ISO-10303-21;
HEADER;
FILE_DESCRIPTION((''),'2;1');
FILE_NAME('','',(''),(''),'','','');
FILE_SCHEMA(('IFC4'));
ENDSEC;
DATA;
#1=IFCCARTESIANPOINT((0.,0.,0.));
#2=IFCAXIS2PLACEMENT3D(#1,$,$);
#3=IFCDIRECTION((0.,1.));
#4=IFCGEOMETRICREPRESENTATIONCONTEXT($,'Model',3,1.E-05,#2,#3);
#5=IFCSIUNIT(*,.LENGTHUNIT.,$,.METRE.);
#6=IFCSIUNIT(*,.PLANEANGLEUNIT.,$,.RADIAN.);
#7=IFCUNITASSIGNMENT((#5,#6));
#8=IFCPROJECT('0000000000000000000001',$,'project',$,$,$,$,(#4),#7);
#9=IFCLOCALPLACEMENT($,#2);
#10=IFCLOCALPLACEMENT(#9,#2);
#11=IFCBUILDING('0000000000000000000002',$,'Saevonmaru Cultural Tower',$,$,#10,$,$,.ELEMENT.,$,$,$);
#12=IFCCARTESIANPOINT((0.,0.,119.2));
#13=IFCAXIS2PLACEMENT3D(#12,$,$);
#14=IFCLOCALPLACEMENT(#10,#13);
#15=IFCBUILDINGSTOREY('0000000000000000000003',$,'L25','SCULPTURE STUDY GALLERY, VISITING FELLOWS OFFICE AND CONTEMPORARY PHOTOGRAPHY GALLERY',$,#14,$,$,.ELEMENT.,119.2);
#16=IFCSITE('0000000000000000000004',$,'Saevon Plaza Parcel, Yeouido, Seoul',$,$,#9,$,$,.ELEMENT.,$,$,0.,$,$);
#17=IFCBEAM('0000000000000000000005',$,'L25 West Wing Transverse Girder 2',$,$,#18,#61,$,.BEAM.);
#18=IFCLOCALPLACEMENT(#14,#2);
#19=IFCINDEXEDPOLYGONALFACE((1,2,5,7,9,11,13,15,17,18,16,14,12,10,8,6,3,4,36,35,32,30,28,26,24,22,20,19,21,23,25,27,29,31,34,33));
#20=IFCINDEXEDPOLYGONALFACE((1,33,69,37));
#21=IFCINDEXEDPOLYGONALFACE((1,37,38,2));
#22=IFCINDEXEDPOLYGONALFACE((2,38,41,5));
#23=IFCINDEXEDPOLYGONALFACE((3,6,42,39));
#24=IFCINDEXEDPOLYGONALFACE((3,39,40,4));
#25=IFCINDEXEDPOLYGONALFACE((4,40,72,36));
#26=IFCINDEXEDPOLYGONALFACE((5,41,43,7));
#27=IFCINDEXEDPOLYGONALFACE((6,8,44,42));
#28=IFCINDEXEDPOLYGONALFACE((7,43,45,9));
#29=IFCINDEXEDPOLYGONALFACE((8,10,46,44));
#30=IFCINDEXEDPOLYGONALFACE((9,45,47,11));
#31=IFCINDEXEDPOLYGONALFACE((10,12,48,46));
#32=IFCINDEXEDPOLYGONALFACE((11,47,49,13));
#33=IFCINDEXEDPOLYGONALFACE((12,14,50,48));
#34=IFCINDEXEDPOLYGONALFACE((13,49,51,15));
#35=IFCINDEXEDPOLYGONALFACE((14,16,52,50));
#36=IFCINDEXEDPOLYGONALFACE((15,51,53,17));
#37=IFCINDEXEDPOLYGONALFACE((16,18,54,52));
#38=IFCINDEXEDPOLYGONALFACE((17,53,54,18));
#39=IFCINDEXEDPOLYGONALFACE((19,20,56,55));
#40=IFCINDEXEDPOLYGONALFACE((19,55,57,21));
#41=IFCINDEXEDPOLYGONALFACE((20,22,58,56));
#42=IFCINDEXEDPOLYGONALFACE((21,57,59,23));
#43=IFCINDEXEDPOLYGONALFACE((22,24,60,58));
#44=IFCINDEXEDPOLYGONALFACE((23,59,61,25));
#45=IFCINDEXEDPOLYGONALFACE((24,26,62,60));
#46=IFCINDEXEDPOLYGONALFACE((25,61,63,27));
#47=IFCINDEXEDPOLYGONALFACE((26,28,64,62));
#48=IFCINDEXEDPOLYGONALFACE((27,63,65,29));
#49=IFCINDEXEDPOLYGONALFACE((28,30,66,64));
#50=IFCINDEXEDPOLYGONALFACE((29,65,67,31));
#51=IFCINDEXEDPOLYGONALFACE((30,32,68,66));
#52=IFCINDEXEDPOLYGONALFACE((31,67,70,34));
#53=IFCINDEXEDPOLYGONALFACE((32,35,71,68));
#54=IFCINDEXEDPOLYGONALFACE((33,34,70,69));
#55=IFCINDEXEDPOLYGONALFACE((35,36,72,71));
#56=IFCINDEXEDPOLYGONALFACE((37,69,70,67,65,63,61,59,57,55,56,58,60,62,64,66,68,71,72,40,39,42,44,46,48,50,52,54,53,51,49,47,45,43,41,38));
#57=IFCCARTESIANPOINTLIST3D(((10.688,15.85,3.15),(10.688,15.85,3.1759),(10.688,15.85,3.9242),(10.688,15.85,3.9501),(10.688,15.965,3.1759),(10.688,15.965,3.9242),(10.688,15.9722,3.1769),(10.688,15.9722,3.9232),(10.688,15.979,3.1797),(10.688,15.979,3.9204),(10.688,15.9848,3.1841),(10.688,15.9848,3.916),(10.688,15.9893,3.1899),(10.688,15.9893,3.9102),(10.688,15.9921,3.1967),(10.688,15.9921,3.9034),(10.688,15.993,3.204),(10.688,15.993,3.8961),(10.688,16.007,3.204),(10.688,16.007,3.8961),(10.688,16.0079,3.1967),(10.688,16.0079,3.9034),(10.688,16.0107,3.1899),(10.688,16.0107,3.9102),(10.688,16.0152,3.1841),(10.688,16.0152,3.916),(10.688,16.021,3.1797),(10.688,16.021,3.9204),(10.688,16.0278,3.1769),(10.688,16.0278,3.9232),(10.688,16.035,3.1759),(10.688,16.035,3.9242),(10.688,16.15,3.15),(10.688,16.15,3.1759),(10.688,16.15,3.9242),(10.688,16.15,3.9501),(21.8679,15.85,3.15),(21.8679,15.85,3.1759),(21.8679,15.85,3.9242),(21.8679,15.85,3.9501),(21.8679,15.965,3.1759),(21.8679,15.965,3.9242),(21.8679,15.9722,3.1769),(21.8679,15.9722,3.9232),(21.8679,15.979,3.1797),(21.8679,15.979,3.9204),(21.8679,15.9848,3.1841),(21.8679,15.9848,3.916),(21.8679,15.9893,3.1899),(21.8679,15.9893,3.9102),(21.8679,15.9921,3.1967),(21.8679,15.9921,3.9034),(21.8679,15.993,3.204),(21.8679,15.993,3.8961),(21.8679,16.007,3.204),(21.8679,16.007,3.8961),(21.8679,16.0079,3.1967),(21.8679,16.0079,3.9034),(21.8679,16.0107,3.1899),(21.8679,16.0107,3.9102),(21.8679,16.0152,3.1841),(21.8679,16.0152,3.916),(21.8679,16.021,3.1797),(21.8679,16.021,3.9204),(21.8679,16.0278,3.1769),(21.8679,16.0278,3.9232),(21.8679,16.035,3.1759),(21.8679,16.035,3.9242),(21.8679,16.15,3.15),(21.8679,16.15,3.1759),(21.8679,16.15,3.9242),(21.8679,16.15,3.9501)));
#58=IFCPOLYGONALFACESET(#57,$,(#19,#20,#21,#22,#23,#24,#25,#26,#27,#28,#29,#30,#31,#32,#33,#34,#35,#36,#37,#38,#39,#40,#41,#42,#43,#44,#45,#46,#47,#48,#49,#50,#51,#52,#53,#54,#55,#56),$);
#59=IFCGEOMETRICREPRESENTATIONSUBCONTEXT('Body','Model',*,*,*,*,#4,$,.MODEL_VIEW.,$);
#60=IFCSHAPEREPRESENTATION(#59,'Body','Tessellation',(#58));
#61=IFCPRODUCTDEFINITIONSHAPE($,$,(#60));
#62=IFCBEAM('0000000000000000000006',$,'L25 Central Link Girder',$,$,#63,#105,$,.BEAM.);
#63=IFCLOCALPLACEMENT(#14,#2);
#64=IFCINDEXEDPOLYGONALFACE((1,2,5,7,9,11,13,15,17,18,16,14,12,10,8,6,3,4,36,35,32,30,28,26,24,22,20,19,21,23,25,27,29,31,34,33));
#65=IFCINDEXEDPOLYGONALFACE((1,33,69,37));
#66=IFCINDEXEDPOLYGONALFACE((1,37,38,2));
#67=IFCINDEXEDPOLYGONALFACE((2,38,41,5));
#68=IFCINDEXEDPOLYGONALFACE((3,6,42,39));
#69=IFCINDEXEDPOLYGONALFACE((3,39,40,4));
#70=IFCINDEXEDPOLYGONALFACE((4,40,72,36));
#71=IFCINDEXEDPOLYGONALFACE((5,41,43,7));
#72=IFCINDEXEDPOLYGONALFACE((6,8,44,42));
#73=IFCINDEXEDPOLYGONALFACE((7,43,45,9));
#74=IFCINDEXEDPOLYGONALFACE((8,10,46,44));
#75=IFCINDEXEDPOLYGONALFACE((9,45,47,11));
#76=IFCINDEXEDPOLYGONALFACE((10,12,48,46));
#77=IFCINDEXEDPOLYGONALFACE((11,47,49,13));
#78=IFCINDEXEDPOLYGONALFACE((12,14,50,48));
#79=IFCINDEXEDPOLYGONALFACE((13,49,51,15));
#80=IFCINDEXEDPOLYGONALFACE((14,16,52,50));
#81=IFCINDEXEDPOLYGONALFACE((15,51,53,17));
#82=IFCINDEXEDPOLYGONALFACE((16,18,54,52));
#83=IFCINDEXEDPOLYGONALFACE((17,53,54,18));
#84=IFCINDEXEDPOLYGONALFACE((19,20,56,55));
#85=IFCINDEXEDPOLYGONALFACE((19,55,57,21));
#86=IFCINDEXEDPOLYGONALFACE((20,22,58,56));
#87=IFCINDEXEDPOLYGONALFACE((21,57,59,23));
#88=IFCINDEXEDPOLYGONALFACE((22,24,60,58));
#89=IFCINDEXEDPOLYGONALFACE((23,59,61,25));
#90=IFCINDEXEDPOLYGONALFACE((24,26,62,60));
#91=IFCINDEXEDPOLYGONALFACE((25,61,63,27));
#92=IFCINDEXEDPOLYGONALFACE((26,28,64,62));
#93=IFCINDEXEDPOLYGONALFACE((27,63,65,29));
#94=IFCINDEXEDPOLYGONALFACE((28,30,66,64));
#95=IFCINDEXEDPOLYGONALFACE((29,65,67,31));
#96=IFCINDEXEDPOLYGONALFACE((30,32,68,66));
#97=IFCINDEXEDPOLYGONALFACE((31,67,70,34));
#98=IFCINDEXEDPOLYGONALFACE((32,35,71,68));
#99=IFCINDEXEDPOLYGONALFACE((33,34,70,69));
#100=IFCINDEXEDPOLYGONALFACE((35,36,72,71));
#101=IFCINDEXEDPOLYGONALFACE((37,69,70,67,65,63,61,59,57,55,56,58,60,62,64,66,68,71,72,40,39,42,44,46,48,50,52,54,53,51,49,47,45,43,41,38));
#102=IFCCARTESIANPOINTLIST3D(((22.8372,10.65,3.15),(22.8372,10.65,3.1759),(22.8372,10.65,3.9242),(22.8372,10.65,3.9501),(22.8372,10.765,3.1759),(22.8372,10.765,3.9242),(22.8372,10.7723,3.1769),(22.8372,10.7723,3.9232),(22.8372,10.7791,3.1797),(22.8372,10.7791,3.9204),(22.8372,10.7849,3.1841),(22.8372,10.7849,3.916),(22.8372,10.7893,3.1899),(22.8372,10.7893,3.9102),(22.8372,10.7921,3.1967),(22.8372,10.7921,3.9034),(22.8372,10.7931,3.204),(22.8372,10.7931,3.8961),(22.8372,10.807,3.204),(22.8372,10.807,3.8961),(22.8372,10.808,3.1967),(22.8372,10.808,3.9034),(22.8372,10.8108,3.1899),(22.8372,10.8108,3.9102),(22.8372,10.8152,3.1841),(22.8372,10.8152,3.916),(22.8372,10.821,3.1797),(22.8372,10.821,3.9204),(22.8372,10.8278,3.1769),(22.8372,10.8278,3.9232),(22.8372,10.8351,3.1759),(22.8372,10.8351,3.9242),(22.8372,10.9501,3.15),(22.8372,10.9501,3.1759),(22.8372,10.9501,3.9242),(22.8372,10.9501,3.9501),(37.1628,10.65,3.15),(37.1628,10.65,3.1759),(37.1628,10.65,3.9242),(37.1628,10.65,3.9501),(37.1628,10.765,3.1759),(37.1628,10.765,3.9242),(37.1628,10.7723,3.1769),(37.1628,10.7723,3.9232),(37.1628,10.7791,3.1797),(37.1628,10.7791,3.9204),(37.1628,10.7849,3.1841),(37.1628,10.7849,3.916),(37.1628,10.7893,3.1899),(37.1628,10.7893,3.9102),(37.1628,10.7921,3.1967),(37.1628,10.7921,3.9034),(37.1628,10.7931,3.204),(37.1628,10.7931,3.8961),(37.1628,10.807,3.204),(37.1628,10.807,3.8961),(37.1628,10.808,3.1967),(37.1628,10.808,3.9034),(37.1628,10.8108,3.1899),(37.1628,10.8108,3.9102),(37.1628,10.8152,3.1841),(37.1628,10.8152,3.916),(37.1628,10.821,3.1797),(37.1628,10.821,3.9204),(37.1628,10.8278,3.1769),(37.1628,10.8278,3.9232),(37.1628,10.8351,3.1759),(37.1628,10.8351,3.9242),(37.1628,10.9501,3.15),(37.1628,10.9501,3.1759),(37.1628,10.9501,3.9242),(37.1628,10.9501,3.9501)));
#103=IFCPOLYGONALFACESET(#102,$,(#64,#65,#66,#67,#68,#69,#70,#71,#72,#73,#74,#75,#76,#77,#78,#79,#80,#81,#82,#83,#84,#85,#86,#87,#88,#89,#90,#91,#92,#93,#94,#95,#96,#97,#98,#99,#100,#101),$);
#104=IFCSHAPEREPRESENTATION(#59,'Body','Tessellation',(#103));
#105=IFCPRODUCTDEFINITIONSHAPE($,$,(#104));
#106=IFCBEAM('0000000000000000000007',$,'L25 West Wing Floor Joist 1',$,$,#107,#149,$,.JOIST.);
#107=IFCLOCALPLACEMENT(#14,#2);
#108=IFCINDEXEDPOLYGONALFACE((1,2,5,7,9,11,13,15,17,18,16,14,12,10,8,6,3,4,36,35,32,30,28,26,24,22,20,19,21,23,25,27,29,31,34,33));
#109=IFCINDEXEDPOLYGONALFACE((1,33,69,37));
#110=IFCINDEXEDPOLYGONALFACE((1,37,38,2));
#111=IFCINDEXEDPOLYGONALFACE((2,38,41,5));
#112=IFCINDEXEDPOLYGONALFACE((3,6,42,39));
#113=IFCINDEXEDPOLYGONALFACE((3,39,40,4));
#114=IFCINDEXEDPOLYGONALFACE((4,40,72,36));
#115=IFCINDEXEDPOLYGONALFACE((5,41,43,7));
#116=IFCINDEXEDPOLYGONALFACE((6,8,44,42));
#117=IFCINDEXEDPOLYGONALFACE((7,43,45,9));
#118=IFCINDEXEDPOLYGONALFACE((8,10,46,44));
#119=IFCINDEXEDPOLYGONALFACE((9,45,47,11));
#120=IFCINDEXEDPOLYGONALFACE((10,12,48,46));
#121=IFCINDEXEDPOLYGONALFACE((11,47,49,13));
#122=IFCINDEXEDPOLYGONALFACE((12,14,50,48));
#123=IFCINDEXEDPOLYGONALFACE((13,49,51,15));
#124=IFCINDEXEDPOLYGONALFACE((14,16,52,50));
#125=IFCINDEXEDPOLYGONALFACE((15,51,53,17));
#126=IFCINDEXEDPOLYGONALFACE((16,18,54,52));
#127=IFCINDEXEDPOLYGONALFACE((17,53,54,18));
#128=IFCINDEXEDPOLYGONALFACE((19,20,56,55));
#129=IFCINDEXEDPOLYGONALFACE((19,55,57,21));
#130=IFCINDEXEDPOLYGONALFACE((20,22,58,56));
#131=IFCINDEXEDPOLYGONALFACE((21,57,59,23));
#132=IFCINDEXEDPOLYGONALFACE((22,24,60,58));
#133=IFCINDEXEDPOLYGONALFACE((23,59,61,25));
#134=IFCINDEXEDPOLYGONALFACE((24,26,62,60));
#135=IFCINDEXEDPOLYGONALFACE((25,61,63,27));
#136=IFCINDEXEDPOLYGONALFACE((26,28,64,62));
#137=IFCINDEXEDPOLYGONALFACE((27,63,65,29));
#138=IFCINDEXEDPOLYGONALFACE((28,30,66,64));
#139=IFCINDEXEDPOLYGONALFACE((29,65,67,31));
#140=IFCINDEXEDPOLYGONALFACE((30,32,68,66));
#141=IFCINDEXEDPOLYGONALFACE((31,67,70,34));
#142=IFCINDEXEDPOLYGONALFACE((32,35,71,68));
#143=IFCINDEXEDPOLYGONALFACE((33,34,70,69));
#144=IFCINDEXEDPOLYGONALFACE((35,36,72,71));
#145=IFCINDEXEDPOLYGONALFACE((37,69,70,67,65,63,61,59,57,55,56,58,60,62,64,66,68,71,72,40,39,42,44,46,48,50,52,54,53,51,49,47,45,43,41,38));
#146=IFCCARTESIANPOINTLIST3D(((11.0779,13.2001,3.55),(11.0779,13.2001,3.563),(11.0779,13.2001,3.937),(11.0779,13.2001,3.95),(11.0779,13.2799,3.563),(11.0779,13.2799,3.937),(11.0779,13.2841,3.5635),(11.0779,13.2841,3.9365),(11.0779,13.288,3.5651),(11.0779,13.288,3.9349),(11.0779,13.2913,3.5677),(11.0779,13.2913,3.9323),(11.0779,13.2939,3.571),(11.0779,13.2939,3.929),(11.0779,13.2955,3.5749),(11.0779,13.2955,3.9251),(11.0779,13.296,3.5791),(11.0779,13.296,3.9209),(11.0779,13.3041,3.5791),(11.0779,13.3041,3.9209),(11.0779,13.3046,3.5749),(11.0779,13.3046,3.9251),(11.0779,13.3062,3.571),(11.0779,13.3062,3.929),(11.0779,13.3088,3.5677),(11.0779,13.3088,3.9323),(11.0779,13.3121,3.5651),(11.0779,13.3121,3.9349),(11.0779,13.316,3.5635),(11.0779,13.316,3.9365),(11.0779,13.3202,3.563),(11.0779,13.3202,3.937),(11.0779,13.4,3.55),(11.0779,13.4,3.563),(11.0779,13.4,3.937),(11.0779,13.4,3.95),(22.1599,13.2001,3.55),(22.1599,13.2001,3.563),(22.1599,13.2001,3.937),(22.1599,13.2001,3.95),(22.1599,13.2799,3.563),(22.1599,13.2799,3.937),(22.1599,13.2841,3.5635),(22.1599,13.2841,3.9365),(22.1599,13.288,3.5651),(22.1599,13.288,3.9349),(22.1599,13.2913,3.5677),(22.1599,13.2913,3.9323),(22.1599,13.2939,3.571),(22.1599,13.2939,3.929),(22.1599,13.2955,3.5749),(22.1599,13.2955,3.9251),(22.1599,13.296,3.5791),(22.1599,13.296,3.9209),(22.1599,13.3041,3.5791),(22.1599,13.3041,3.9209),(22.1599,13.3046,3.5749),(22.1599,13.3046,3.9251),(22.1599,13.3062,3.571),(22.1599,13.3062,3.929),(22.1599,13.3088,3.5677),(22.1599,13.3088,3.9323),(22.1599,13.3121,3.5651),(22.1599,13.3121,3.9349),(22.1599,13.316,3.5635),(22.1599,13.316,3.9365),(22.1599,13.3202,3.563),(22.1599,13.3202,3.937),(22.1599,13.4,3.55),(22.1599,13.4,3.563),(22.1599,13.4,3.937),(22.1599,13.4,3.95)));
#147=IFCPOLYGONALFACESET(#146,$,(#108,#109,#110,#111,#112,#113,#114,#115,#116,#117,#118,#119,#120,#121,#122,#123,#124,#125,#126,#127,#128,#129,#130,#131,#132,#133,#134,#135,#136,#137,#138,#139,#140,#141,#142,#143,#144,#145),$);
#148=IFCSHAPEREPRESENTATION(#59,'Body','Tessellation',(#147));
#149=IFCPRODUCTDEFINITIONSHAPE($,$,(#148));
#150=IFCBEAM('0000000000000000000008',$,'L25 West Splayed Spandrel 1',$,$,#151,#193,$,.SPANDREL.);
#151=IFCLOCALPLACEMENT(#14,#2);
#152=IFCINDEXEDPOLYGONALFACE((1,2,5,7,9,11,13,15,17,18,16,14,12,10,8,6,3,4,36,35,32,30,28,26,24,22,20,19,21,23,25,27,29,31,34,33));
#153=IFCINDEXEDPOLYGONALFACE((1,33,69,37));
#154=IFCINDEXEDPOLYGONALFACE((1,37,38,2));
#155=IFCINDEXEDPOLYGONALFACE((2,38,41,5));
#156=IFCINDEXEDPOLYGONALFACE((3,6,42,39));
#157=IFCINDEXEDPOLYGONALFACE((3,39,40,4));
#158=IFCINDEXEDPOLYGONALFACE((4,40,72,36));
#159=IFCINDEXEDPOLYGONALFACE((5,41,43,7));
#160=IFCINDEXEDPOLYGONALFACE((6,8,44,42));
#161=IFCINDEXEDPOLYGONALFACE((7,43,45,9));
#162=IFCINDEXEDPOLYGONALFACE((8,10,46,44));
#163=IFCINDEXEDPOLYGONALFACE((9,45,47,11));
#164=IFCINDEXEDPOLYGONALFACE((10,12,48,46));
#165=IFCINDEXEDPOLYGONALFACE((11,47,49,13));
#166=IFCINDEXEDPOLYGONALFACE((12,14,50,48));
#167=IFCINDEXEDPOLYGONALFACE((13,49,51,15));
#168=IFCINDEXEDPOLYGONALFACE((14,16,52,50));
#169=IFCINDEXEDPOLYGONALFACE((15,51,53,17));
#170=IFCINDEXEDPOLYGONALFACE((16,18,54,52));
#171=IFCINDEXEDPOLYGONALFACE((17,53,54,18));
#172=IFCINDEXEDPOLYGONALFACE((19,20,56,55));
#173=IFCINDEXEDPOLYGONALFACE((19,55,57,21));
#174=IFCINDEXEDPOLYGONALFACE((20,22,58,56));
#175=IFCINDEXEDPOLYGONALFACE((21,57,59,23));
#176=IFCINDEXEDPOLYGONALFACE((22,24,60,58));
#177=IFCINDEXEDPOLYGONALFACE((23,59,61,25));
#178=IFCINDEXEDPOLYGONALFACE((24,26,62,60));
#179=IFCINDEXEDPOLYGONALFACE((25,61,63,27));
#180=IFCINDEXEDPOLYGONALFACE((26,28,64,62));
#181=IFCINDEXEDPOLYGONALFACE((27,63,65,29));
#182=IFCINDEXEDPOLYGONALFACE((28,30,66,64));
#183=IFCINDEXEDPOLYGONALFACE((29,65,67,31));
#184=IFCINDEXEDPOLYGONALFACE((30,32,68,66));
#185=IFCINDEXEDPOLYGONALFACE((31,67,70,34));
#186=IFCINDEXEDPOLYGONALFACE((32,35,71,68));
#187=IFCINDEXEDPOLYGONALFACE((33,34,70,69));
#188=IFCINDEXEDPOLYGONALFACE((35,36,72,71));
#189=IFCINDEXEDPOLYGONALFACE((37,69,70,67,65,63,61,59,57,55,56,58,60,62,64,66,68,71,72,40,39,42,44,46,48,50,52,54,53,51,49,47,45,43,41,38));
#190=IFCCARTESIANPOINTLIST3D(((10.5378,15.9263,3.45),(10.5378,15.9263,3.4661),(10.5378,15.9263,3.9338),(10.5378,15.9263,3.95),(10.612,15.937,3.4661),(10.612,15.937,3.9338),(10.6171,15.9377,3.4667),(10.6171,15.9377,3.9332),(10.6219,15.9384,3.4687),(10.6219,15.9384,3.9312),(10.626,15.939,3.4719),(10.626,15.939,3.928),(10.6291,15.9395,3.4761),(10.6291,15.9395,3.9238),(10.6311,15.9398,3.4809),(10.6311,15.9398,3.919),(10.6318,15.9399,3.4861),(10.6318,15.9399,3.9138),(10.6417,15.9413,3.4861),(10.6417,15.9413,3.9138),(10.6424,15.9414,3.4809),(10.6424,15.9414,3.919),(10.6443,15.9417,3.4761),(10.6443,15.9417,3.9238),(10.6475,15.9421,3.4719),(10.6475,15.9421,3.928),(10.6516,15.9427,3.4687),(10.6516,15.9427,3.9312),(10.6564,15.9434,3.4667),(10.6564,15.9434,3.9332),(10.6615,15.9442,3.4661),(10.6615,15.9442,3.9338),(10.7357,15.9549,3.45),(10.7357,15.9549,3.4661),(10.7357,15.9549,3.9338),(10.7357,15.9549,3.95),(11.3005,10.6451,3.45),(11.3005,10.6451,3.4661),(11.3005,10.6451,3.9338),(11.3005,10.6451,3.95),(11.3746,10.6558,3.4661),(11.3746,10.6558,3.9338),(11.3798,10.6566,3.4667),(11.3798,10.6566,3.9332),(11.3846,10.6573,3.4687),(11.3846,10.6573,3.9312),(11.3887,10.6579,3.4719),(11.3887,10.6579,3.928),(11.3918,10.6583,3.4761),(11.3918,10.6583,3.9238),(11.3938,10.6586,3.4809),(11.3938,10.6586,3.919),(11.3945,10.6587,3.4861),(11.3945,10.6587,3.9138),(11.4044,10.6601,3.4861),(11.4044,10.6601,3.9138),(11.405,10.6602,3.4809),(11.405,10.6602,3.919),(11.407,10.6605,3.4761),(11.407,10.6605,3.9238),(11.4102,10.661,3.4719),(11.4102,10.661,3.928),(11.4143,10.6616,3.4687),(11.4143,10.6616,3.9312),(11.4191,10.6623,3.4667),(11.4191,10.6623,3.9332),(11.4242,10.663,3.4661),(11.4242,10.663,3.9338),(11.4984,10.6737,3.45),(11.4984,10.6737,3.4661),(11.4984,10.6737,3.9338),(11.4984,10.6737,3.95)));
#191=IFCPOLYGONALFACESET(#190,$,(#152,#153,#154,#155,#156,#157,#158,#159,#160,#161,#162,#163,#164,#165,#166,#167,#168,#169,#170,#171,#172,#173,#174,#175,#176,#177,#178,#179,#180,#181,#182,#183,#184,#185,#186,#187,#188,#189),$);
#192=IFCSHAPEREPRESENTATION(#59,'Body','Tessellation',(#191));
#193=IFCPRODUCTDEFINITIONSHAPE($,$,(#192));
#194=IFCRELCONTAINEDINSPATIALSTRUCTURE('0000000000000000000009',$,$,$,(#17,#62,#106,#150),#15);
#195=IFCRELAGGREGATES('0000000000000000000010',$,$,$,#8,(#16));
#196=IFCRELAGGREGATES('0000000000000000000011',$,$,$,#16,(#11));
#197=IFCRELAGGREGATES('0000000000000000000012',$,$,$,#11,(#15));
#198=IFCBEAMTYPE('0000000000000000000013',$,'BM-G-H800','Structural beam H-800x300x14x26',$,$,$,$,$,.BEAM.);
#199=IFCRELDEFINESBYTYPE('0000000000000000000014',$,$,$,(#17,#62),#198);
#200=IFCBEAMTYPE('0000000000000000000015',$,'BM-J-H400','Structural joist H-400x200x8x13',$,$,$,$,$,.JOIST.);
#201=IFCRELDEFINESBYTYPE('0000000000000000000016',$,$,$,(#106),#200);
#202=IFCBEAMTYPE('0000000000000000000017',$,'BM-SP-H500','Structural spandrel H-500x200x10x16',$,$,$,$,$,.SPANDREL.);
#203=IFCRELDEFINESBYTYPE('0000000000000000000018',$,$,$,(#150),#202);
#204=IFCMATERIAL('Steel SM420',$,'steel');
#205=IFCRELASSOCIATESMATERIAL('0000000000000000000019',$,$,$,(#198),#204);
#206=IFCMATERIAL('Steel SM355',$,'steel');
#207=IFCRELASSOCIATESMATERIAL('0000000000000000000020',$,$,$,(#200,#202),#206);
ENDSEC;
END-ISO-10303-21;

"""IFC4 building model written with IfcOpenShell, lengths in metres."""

from ifc_helpers import new_model, si_unit, direction, frame, origin, origin_2d, place, context, subcontext, project, spatial, i_section, extrude, material, material_profile, profile_set, type_object, element, save


model = new_model("IFC4")

# Units and contexts
model_context = context("Model", 3, precision=1e-05, world=origin(), true_north=direction((0.0, 1.0)))
body_context = subcontext(model_context, "Body", "Model", "MODEL_VIEW")
ifc_project = project(units=[si_unit("LENGTHUNIT", "METRE"), si_unit("PLANEANGLEUNIT", "RADIAN")], contexts=[model_context])

# Site, building, storey
site_placement = place(None, origin())
site = spatial("IfcSite", under=ifc_project, at=site_placement, Name="Saevon Plaza Parcel, Yeouido, Seoul", CompositionType="ELEMENT", RefElevation=0.0)
building_placement = place(site_placement, origin())
building = spatial("IfcBuilding", under=site, at=building_placement, Name="Saevonmaru Cultural Tower", CompositionType="ELEMENT")
storey_placement = place(building_placement, frame((0.0, 0.0, 119.2)))
storey = spatial("IfcBuildingStorey", under=building, at=storey_placement, Name="L25", Description="SCULPTURE STUDY GALLERY, VISITING FELLOWS OFFICE AND CONTEMPORARY PHOTOGRAPHY GALLERY", CompositionType="ELEMENT", Elevation=119.2)

# Shared definitions
ifc_material_1 = material(Name="Steel SM420", Category="steel")
ifc_material_2 = material(Name="Steel SM355", Category="steel")

# Beams
ifc_material_profile_1 = material_profile(ifc_material_1, i_section(OverallWidth=0.3, OverallDepth=0.8, WebThickness=0.0139, FlangeThickness=0.0259, FilletRadius=0.0281, at=origin_2d()), Name="H-800x300x14x26")
ifc_profile_set_1 = profile_set([ifc_material_profile_1], Name="Steel SM420")
beam_type_1 = type_object("IfcBeamType", Name="BM-G-H800", Description="Structural beam H-800x300x14x26", PredefinedType="BEAM", material=ifc_profile_set_1)
for number, where, z_axis, x_axis, name in (
    (1, (10.688, 16.0, 3.55), (1.0, 0.0, 0.0), (0.0, 1.0, 0.0), "L25 West Wing Transverse Girder 2"),
):
    element("IfcBeam", number, at=place(storey_placement, frame(where, z_axis=z_axis, x_axis=x_axis)), inside=storey, type_object=beam_type_1, Name=name, PredefinedType="BEAM", context=body_context, shape_type="SweptSolid", body=[
        extrude(i_section(OverallWidth=0.3, OverallDepth=0.8, WebThickness=0.0139, FlangeThickness=0.0259, FilletRadius=0.0281, at=origin_2d()), origin(), (0.0, 0.0, 1.0), 11.1799),
    ])
beam_1_placement = place(storey_placement, frame((22.8372, 10.8, 3.55), z_axis=(1.0, 0.0, 0.0), x_axis=(0.0, 1.0, 0.0)))
element("IfcBeam", 2, at=beam_1_placement, inside=storey, type_object=beam_type_1, Name="L25 Central Link Girder", PredefinedType="BEAM", context=body_context, shape_type="SweptSolid", body=[
    extrude(i_section(OverallWidth=0.3, OverallDepth=0.8, WebThickness=0.0139, FlangeThickness=0.0259, FilletRadius=0.0281, at=origin_2d()), origin(), (0.0, 0.0, 1.0), 14.3257),
])
ifc_material_profile_2 = material_profile(ifc_material_2, i_section(OverallWidth=0.2, OverallDepth=0.3999, WebThickness=0.0081, FlangeThickness=0.0129, FilletRadius=0.0161, at=origin_2d()), Name="H-400x200x8x13")
ifc_profile_set_2 = profile_set([ifc_material_profile_2], Name="Steel SM355")
beam_type_2 = type_object("IfcBeamType", Name="BM-J-H400", Description="Structural joist H-400x200x8x13", PredefinedType="JOIST", material=ifc_profile_set_2)
beam_2_placement = place(storey_placement, frame((11.0779, 13.3, 3.75), z_axis=(1.0, 0.0, 0.0), x_axis=(0.0, 1.0, 0.0)))
element("IfcBeam", 3, at=beam_2_placement, inside=storey, type_object=beam_type_2, Name="L25 West Wing Floor Joist 1", PredefinedType="JOIST", context=body_context, shape_type="SweptSolid", body=[
    extrude(i_section(OverallWidth=0.2, OverallDepth=0.3999, WebThickness=0.0081, FlangeThickness=0.0129, FilletRadius=0.0161, at=origin_2d()), origin(), (0.0, 0.0, 1.0), 11.082),
])
ifc_material_profile_3 = material_profile(ifc_material_2, i_section(OverallWidth=0.2, OverallDepth=0.5, WebThickness=0.01, FlangeThickness=0.0161, FilletRadius=0.02, at=origin_2d()), Name="H-500x200x10x16")
ifc_profile_set_3 = profile_set([ifc_material_profile_3], Name="Steel SM355")
beam_type_3 = type_object("IfcBeamType", Name="BM-SP-H500", Description="Structural spandrel H-500x200x10x16", PredefinedType="SPANDREL", material=ifc_profile_set_3)
beam_3_placement = place(storey_placement, frame((11.3994, 10.6594, 3.7), z_axis=(-0.142933, 0.989732, 0.0), x_axis=(-0.989732, -0.142933, 0.0)))
element("IfcBeam", 4, at=beam_3_placement, inside=storey, type_object=beam_type_3, Name="L25 West Splayed Spandrel 1", PredefinedType="SPANDREL", context=body_context, shape_type="SweptSolid", body=[
    extrude(i_section(OverallWidth=0.2, OverallDepth=0.5, WebThickness=0.01, FlangeThickness=0.0161, FilletRadius=0.02, at=origin_2d()), origin(), (0.0, 0.0, 1.0), 5.3359),
])

save(model, "model.ifc")
